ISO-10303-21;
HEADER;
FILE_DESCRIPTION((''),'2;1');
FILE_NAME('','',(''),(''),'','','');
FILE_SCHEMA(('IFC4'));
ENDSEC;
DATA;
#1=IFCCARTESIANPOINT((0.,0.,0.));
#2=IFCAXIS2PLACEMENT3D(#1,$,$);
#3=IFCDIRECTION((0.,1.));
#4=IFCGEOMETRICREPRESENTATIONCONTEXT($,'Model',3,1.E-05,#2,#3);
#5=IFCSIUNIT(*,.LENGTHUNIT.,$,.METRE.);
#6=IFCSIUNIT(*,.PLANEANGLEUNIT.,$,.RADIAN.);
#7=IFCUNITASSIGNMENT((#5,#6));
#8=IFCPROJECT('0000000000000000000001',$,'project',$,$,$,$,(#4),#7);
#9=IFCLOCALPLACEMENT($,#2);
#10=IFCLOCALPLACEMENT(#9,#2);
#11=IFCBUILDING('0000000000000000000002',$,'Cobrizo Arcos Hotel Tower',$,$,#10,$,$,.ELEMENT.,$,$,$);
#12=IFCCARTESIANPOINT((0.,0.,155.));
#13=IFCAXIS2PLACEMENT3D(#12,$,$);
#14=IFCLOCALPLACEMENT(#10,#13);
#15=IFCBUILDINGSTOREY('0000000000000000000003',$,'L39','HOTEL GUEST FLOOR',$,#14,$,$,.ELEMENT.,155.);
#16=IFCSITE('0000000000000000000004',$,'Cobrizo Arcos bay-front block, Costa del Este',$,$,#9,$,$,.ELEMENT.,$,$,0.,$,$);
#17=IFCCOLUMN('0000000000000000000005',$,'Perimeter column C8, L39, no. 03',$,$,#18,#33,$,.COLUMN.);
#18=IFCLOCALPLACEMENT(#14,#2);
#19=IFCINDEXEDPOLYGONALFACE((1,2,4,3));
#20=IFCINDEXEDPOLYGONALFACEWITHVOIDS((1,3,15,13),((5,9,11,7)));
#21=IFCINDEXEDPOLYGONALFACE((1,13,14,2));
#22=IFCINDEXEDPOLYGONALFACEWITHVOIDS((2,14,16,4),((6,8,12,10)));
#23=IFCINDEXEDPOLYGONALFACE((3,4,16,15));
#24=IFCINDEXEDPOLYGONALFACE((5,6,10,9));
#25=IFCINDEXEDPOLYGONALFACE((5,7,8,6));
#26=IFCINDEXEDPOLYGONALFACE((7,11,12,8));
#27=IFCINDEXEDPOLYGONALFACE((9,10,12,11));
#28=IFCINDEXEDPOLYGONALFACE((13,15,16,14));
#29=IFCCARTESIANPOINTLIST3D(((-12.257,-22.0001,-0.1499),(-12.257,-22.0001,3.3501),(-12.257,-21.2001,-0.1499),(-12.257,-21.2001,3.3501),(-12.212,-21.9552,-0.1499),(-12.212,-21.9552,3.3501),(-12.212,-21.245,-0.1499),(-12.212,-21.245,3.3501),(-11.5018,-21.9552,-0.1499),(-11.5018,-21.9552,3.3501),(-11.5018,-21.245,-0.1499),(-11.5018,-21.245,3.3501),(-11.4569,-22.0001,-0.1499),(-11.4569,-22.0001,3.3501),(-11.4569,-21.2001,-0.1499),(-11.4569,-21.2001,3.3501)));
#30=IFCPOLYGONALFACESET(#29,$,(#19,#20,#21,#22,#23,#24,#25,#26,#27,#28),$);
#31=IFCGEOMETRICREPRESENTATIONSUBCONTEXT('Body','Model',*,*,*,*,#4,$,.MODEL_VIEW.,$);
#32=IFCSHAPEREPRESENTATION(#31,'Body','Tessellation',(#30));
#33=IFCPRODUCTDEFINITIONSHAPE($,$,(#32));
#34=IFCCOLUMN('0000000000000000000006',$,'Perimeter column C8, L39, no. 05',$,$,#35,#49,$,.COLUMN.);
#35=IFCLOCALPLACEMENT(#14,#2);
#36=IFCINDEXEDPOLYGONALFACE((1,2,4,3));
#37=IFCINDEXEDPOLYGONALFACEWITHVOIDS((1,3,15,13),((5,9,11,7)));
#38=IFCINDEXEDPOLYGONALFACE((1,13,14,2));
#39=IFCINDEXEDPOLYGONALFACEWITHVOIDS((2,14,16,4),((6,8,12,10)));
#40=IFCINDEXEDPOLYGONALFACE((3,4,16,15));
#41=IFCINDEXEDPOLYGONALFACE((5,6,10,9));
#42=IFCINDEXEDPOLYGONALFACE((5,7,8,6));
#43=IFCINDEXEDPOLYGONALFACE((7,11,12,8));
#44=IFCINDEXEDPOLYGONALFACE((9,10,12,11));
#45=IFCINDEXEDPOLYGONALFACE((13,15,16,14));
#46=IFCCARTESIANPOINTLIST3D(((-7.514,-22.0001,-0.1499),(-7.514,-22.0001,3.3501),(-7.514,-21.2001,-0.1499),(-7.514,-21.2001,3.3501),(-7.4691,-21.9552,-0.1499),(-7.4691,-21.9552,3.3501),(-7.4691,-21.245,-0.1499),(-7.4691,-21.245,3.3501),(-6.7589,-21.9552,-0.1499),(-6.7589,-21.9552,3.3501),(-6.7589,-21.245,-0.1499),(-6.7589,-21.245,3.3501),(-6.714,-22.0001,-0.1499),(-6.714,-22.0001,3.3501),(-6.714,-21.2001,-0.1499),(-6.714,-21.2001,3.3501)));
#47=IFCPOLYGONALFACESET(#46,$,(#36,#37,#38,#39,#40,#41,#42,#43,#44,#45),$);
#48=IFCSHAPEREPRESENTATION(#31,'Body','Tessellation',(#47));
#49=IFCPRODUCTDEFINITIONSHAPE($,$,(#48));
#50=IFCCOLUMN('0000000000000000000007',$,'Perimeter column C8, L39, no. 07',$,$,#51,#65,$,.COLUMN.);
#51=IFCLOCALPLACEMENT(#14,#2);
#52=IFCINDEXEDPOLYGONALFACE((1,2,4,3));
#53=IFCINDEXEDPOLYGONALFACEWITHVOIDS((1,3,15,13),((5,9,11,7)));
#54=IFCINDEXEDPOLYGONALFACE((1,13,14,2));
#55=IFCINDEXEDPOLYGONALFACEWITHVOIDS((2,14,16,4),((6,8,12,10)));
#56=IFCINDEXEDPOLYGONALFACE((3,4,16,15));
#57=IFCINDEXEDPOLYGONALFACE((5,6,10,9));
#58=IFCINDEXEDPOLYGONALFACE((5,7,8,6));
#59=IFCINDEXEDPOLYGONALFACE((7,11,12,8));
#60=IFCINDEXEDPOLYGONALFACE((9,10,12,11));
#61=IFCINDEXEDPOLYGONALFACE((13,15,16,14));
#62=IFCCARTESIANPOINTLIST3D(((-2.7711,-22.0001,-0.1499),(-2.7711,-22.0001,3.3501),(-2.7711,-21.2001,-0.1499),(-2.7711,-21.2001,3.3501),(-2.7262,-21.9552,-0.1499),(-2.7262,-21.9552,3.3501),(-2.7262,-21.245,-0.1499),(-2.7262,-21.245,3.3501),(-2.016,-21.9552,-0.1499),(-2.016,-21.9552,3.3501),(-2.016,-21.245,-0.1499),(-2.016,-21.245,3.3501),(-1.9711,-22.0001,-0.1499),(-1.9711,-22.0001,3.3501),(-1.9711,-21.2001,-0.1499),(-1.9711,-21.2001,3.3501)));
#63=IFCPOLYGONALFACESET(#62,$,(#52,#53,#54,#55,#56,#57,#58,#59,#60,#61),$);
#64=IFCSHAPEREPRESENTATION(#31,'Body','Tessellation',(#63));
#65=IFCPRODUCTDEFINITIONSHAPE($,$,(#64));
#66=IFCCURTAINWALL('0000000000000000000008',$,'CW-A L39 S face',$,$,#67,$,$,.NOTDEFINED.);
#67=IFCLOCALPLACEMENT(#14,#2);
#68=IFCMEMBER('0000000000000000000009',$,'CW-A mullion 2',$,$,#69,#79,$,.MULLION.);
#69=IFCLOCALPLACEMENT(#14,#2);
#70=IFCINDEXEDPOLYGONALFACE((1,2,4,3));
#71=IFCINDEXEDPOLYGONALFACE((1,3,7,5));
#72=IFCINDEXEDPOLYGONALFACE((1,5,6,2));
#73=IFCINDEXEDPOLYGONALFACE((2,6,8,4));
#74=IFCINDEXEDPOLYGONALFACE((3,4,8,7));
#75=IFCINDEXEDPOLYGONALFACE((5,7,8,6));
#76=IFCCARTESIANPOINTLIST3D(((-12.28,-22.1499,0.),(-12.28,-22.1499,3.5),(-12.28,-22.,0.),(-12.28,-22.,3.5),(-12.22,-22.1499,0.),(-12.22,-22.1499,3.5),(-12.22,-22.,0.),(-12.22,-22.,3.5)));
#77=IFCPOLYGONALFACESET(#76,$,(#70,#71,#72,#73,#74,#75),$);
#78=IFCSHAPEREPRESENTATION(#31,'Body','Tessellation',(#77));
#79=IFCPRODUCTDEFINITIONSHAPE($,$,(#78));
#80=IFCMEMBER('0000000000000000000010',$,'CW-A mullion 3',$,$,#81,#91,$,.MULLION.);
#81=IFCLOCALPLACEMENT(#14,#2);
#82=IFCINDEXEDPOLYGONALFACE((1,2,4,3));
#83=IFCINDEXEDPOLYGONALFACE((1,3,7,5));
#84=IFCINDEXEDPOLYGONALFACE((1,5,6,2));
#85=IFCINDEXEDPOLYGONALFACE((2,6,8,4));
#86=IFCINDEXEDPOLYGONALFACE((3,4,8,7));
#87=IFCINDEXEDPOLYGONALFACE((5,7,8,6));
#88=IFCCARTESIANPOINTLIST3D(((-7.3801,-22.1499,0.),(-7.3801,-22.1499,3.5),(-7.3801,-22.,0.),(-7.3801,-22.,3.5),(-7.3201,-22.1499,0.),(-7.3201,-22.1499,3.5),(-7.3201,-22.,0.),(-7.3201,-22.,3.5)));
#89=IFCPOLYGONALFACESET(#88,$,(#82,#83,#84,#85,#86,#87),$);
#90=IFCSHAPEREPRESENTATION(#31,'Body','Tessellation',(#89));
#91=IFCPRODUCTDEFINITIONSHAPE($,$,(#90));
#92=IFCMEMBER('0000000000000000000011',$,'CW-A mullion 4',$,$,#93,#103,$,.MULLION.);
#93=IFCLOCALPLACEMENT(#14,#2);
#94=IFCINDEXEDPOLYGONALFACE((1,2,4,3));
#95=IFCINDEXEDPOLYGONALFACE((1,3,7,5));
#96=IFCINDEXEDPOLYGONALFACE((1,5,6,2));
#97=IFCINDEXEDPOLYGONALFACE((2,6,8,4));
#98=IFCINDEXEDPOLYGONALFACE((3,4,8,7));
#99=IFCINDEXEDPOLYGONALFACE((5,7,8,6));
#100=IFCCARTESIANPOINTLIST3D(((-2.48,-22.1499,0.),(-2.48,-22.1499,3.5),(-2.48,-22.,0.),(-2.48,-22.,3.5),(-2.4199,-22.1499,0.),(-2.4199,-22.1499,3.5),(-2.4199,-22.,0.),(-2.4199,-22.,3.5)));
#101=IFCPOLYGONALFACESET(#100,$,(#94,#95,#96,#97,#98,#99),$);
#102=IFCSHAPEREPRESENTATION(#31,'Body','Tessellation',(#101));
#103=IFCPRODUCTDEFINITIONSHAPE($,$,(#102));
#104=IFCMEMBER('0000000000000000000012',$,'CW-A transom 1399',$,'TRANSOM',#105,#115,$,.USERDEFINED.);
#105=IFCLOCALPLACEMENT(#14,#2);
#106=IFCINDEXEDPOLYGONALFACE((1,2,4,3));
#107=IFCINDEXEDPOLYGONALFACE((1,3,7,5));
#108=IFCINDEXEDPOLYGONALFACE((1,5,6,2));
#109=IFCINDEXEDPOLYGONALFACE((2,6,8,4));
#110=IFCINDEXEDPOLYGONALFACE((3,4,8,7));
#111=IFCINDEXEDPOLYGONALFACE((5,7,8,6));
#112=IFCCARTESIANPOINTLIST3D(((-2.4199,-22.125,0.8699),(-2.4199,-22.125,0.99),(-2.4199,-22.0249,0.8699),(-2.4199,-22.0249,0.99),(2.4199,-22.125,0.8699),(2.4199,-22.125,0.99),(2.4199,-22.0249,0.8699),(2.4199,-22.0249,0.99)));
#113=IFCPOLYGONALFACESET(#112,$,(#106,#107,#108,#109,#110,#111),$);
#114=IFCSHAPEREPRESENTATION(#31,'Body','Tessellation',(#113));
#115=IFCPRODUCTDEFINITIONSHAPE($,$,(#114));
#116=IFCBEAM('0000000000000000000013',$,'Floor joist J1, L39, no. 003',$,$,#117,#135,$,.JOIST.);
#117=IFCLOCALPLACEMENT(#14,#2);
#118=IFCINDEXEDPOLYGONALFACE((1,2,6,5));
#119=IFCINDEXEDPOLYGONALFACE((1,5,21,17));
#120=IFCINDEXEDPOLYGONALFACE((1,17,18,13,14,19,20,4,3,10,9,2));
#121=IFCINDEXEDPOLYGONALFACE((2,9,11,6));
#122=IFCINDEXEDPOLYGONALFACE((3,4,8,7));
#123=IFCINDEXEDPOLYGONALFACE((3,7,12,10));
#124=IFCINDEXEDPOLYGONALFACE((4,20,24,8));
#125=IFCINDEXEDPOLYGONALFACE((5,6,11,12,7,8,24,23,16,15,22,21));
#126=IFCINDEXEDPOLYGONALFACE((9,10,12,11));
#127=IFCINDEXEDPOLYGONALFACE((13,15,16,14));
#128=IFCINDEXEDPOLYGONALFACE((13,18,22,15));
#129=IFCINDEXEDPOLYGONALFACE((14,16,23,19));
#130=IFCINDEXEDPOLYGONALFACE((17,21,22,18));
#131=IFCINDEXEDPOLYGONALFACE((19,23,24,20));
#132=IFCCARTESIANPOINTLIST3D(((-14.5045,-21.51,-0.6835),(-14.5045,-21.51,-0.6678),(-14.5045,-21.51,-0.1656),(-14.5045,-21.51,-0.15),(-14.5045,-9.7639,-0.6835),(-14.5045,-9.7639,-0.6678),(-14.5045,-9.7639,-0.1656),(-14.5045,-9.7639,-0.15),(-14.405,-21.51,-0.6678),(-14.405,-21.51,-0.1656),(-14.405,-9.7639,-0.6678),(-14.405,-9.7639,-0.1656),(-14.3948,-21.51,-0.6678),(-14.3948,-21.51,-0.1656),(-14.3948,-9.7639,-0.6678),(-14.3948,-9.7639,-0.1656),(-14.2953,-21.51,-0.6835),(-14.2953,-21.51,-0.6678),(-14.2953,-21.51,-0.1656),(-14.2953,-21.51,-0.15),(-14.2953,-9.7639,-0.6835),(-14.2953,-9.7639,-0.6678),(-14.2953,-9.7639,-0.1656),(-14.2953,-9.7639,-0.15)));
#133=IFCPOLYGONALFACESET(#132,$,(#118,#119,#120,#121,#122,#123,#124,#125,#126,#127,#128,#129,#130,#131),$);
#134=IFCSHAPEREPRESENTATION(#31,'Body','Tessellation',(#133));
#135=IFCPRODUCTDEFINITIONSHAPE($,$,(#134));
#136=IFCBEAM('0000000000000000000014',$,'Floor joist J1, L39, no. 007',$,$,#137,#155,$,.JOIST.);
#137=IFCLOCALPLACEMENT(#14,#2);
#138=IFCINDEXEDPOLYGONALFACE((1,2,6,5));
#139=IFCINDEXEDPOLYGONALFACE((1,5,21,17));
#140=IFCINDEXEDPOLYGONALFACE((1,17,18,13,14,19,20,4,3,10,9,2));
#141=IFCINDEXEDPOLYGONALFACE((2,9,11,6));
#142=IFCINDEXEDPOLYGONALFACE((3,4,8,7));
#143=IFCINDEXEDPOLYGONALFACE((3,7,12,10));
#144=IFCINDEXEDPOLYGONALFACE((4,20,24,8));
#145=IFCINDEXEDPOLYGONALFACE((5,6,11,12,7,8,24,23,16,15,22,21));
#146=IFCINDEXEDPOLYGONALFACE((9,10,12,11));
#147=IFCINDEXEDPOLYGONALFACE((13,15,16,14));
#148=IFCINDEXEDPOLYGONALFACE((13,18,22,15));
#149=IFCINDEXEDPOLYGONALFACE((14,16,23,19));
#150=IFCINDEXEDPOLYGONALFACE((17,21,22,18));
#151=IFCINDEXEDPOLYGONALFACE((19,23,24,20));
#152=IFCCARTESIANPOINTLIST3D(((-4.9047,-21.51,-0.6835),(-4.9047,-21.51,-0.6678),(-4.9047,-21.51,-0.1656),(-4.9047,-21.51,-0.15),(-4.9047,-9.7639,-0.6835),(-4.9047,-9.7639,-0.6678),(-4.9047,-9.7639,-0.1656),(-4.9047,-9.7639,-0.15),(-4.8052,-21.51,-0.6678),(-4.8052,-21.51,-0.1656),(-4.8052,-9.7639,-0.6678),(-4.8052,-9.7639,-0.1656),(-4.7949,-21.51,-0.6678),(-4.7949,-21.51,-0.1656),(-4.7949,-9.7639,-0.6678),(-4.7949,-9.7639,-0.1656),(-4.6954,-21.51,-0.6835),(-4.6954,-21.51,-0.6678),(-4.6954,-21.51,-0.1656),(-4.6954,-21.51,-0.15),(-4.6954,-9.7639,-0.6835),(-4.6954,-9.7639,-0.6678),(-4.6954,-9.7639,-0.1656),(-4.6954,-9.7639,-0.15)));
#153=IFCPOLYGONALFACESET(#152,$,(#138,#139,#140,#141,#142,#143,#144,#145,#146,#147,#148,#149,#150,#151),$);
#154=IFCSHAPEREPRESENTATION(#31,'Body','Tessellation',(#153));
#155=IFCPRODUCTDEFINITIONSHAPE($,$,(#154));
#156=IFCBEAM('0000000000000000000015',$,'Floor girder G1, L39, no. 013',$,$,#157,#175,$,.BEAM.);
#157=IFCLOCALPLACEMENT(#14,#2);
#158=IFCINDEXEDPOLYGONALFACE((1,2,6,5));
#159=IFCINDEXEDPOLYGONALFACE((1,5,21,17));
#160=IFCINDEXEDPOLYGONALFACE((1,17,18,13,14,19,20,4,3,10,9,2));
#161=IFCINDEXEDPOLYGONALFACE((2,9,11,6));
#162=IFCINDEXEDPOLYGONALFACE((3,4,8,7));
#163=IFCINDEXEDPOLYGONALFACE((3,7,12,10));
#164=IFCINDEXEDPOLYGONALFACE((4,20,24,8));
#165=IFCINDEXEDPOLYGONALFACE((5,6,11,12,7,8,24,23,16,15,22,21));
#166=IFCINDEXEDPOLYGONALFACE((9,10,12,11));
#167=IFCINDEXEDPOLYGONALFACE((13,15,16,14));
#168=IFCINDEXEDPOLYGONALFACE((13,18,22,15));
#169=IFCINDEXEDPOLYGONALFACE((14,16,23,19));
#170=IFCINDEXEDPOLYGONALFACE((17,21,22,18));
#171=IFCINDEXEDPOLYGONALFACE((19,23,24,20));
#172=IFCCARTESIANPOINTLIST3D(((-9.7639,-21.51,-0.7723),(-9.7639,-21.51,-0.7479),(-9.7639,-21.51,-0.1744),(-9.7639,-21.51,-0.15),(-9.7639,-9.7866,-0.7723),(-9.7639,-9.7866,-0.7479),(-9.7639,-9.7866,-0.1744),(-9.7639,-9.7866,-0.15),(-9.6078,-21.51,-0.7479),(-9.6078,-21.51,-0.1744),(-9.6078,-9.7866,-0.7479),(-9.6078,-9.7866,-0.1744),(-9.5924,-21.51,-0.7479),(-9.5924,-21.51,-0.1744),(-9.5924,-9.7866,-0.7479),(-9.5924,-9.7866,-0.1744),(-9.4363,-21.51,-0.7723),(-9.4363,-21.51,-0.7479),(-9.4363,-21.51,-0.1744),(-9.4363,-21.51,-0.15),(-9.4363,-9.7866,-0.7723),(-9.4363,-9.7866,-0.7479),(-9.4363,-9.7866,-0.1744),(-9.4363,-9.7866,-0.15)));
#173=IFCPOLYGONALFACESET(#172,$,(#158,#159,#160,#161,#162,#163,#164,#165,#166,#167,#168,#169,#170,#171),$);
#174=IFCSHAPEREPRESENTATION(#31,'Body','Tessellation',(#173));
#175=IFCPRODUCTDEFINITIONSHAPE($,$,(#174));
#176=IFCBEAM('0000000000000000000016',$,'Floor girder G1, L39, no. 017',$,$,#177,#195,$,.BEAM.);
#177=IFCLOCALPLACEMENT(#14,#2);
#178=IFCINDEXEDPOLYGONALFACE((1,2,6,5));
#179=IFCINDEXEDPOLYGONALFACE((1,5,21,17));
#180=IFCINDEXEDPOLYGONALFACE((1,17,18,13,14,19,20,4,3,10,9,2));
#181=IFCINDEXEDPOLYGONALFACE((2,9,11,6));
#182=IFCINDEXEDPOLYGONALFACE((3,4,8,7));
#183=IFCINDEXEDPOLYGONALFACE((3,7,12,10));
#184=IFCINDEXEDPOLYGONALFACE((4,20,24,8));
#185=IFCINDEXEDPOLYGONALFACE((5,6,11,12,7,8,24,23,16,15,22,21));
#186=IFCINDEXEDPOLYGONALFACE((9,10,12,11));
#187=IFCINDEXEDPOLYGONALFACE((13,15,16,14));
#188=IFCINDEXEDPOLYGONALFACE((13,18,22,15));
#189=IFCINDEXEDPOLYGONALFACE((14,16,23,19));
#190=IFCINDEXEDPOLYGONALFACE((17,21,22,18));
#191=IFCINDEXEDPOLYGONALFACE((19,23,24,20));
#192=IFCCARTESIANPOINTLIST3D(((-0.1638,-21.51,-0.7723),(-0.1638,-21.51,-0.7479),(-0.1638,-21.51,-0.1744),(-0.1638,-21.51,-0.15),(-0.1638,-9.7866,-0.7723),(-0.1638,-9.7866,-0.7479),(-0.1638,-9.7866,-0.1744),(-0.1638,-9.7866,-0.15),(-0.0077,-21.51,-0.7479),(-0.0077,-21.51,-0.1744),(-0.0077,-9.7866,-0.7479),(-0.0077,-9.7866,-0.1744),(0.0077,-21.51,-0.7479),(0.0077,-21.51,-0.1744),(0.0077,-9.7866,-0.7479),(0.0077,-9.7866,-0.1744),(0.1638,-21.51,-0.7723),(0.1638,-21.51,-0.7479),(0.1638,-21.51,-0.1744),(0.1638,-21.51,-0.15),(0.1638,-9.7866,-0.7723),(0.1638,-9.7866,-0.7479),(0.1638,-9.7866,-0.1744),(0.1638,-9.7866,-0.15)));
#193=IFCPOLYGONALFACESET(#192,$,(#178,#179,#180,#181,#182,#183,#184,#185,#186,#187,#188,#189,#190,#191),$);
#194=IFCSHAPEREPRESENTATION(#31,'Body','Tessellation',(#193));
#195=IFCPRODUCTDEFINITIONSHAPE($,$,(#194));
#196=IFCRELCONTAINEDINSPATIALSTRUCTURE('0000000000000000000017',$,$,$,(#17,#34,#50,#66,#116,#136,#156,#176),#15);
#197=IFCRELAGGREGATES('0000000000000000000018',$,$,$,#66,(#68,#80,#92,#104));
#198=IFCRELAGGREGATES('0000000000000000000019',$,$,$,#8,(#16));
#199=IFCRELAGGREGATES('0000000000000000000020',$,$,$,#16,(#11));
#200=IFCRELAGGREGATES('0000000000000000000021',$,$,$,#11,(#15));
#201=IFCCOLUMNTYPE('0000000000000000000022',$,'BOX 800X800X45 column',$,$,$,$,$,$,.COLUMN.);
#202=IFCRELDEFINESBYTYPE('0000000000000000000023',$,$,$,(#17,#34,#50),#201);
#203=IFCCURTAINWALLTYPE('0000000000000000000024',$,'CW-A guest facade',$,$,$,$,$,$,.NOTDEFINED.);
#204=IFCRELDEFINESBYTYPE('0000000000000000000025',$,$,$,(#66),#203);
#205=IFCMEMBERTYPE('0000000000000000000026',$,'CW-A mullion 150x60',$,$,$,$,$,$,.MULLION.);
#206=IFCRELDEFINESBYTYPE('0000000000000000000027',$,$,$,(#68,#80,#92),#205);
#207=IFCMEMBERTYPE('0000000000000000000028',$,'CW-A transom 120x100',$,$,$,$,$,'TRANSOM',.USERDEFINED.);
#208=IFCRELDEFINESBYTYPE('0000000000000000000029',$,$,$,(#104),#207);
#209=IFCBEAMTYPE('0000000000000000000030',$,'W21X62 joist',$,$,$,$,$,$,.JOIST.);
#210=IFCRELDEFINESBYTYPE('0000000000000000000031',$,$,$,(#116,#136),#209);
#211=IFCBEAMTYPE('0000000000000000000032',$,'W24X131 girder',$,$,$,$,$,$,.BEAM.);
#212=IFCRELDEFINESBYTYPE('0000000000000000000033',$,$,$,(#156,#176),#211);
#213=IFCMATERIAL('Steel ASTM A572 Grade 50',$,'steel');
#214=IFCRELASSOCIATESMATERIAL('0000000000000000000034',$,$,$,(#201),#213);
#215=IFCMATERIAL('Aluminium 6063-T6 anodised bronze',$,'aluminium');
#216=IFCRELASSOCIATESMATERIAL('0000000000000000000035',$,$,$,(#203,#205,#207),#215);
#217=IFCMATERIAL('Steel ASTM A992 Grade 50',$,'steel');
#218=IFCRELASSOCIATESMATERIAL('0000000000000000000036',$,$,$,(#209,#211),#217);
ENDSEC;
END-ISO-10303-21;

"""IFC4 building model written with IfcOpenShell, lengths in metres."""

from ifc_helpers import new_model, si_unit, direction, frame, origin, origin_2d, place, context, subcontext, project, spatial, rectangle, hollow_rectangle, i_section, extrude, material, material_profile, profile_set, type_object, element, aggregate, save


model = new_model("IFC4")

# Units and contexts
model_context = context("Model", 3, precision=1e-05, world=origin(), true_north=direction((0.0, 1.0)))
body_context = subcontext(model_context, "Body", "Model", "MODEL_VIEW")
ifc_project = project(units=[si_unit("LENGTHUNIT", "METRE"), si_unit("PLANEANGLEUNIT", "RADIAN")], contexts=[model_context])

# Site, building, storey
site_placement = place(None, origin())
site = spatial("IfcSite", under=ifc_project, at=site_placement, Name="Cobrizo Arcos bay-front block, Costa del Este", CompositionType="ELEMENT", RefElevation=0.0)
building_placement = place(site_placement, origin())
building = spatial("IfcBuilding", under=site, at=building_placement, Name="Cobrizo Arcos Hotel Tower", CompositionType="ELEMENT")
storey_placement = place(building_placement, frame((0.0, 0.0, 155.0)))
storey = spatial("IfcBuildingStorey", under=building, at=storey_placement, Name="L39", Description="HOTEL GUEST FLOOR", CompositionType="ELEMENT", Elevation=155.0)

# Columns
ifc_material_1 = material(Name="Steel ASTM A572 Grade 50", Category="steel")
ifc_material_profile_1 = material_profile(ifc_material_1, hollow_rectangle(XDim=0.8, YDim=0.8, WallThickness=0.0449, at=origin_2d()), Name="BOX 800X800X45")
ifc_profile_set_1 = profile_set([ifc_material_profile_1], Name="Steel ASTM A572 Grade 50")
column_type = type_object("IfcColumnType", Name="BOX 800X800X45 column", PredefinedType="COLUMN", material=ifc_profile_set_1)
for number, where, z_axis, x_axis, name in (
    (1, (-11.8569, -21.6001, -0.1499), (0.0, 0.0, 1.0), (1.0, 0.0, 0.0), "Perimeter column C8, L39, no. 03"),
    (2, (-7.114, -21.6001, -0.1499), (0.0, 0.0, 1.0), (1.0, 0.0, 0.0), "Perimeter column C8, L39, no. 05"),
    (3, (-2.3711, -21.6001, -0.1499), (0.0, 0.0, 1.0), (1.0, 0.0, 0.0), "Perimeter column C8, L39, no. 07"),
):
    element("IfcColumn", number, at=place(storey_placement, frame(where, z_axis=z_axis, x_axis=x_axis)), inside=storey, type_object=column_type, Name=name, PredefinedType="COLUMN", context=body_context, shape_type="SweptSolid", body=[
        extrude(hollow_rectangle(XDim=0.8, YDim=0.8, WallThickness=0.0449, at=origin_2d()), origin(), (0.0, 0.0, 1.0), 3.5),
    ])

# Curtain wall, members
ifc_material_2 = material(Name="Aluminium 6063-T6 anodised bronze", Category="aluminium")
curtain_wall_type = type_object("IfcCurtainWallType", Name="CW-A guest facade", PredefinedType="NOTDEFINED", material=ifc_material_2)
curtain_wall_placement = place(storey_placement, origin())
curtain_wall = element("IfcCurtainWall", 4, at=curtain_wall_placement, inside=storey, type_object=curtain_wall_type, Name="CW-A L39 S face", PredefinedType="NOTDEFINED")
ifc_material_profile_2 = material_profile(ifc_material_2, rectangle(XDim=0.1499, YDim=0.0601, at=origin_2d()), Name="CW-A mullion 150x60")
ifc_profile_set_2 = profile_set([ifc_material_profile_2], Name="Aluminium 6063-T6 anodised bronze")
member_type_1 = type_object("IfcMemberType", Name="CW-A mullion 150x60", PredefinedType="MULLION", material=ifc_profile_set_2)
member_1_placement = place(storey_placement, frame((-12.25, -22.075, 0.0), z_axis=(0.0, 0.0, 1.0), x_axis=(0.0, -1.0, 0.0)))
member_1 = element("IfcMember", 5, at=member_1_placement, type_object=member_type_1, Name="CW-A mullion 2", PredefinedType="MULLION", context=body_context, shape_type="SweptSolid", body=[
    extrude(rectangle(XDim=0.1499, YDim=0.0601, at=origin_2d()), origin(), (0.0, 0.0, 1.0), 3.5),
])
member_2_placement = place(storey_placement, frame((-7.3501, -22.075, 0.0), z_axis=(0.0, 0.0, 1.0), x_axis=(0.0, -1.0, 0.0)))
member_2 = element("IfcMember", 6, at=member_2_placement, type_object=member_type_1, Name="CW-A mullion 3", PredefinedType="MULLION", context=body_context, shape_type="SweptSolid", body=[
    extrude(rectangle(XDim=0.1499, YDim=0.0601, at=origin_2d()), origin(), (0.0, 0.0, 1.0), 3.5),
])
member_3_placement = place(storey_placement, frame((-2.45, -22.075, 0.0), z_axis=(0.0, 0.0, 1.0), x_axis=(0.0, -1.0, 0.0)))
member_3 = element("IfcMember", 7, at=member_3_placement, type_object=member_type_1, Name="CW-A mullion 4", PredefinedType="MULLION", context=body_context, shape_type="SweptSolid", body=[
    extrude(rectangle(XDim=0.1499, YDim=0.0601, at=origin_2d()), origin(), (0.0, 0.0, 1.0), 3.5),
])
ifc_material_profile_3 = material_profile(ifc_material_2, rectangle(XDim=0.1001, YDim=0.1201, at=origin_2d()), Name="CW-A transom 120x100")
ifc_profile_set_3 = profile_set([ifc_material_profile_3], Name="Aluminium 6063-T6 anodised bronze")
member_type_2 = type_object("IfcMemberType", Name="CW-A transom 120x100", ElementType="TRANSOM", PredefinedType="USERDEFINED", material=ifc_profile_set_3)
member_4_placement = place(storey_placement, frame((-2.4199, -22.075, 0.9299), z_axis=(1.0, 0.0, 0.0), x_axis=(0.0, 1.0, 0.0)))
member_4 = element("IfcMember", 8, at=member_4_placement, type_object=member_type_2, Name="CW-A transom 1399", ObjectType="TRANSOM", PredefinedType="USERDEFINED", context=body_context, shape_type="SweptSolid", body=[
    extrude(rectangle(XDim=0.1001, YDim=0.1201, at=origin_2d()), origin(), (0.0, 0.0, 1.0), 4.8398),
])

# Beams
ifc_material_3 = material(Name="Steel ASTM A992 Grade 50", Category="steel")
ifc_material_profile_4 = material_profile(ifc_material_3, i_section(OverallWidth=0.2092, OverallDepth=0.5334, WebThickness=0.0103, FlangeThickness=0.0156, at=origin_2d()), Name="W21X62")
ifc_profile_set_4 = profile_set([ifc_material_profile_4], Name="Steel ASTM A992 Grade 50")
beam_type_1 = type_object("IfcBeamType", Name="W21X62 joist", PredefinedType="JOIST", material=ifc_profile_set_4)
for number, where, z_axis, x_axis, name in (
    (9, (-14.3999, -21.51, -0.4167), (0.0, 1.0, 0.0), (-1.0, 0.0, 0.0), "Floor joist J1, L39, no. 003"),
    (10, (-4.8, -21.51, -0.4167), (0.0, 1.0, 0.0), (-1.0, 0.0, 0.0), "Floor joist J1, L39, no. 007"),
):
    element("IfcBeam", number, at=place(storey_placement, frame(where, z_axis=z_axis, x_axis=x_axis)), inside=storey, type_object=beam_type_1, Name=name, PredefinedType="JOIST", context=body_context, shape_type="SweptSolid", body=[
        extrude(i_section(OverallWidth=0.2092, OverallDepth=0.5334, WebThickness=0.0103, FlangeThickness=0.0156, at=origin_2d()), origin(), (0.0, 0.0, 1.0), 11.7461),
    ])
ifc_material_profile_5 = material_profile(ifc_material_3, i_section(OverallWidth=0.3276, OverallDepth=0.6223, WebThickness=0.0154, FlangeThickness=0.0244, at=origin_2d()), Name="W24X131")
ifc_profile_set_5 = profile_set([ifc_material_profile_5], Name="Steel ASTM A992 Grade 50")
beam_type_2 = type_object("IfcBeamType", Name="W24X131 girder", PredefinedType="BEAM", material=ifc_profile_set_5)
for number, where, z_axis, x_axis, name in (
    (11, (-9.6001, -21.51, -0.4612), (0.0, 1.0, 0.0), (-1.0, 0.0, 0.0), "Floor girder G1, L39, no. 013"),
    (12, (0.0, -21.51, -0.4612), (0.0, 1.0, 0.0), (-1.0, 0.0, 0.0), "Floor girder G1, L39, no. 017"),
):
    element("IfcBeam", number, at=place(storey_placement, frame(where, z_axis=z_axis, x_axis=x_axis)), inside=storey, type_object=beam_type_2, Name=name, PredefinedType="BEAM", context=body_context, shape_type="SweptSolid", body=[
        extrude(i_section(OverallWidth=0.3276, OverallDepth=0.6223, WebThickness=0.0154, FlangeThickness=0.0244, at=origin_2d()), origin(), (0.0, 0.0, 1.0), 11.7234),
    ])

aggregate(curtain_wall, [member_1, member_2, member_3, member_4])

save(model, "model.ifc")
